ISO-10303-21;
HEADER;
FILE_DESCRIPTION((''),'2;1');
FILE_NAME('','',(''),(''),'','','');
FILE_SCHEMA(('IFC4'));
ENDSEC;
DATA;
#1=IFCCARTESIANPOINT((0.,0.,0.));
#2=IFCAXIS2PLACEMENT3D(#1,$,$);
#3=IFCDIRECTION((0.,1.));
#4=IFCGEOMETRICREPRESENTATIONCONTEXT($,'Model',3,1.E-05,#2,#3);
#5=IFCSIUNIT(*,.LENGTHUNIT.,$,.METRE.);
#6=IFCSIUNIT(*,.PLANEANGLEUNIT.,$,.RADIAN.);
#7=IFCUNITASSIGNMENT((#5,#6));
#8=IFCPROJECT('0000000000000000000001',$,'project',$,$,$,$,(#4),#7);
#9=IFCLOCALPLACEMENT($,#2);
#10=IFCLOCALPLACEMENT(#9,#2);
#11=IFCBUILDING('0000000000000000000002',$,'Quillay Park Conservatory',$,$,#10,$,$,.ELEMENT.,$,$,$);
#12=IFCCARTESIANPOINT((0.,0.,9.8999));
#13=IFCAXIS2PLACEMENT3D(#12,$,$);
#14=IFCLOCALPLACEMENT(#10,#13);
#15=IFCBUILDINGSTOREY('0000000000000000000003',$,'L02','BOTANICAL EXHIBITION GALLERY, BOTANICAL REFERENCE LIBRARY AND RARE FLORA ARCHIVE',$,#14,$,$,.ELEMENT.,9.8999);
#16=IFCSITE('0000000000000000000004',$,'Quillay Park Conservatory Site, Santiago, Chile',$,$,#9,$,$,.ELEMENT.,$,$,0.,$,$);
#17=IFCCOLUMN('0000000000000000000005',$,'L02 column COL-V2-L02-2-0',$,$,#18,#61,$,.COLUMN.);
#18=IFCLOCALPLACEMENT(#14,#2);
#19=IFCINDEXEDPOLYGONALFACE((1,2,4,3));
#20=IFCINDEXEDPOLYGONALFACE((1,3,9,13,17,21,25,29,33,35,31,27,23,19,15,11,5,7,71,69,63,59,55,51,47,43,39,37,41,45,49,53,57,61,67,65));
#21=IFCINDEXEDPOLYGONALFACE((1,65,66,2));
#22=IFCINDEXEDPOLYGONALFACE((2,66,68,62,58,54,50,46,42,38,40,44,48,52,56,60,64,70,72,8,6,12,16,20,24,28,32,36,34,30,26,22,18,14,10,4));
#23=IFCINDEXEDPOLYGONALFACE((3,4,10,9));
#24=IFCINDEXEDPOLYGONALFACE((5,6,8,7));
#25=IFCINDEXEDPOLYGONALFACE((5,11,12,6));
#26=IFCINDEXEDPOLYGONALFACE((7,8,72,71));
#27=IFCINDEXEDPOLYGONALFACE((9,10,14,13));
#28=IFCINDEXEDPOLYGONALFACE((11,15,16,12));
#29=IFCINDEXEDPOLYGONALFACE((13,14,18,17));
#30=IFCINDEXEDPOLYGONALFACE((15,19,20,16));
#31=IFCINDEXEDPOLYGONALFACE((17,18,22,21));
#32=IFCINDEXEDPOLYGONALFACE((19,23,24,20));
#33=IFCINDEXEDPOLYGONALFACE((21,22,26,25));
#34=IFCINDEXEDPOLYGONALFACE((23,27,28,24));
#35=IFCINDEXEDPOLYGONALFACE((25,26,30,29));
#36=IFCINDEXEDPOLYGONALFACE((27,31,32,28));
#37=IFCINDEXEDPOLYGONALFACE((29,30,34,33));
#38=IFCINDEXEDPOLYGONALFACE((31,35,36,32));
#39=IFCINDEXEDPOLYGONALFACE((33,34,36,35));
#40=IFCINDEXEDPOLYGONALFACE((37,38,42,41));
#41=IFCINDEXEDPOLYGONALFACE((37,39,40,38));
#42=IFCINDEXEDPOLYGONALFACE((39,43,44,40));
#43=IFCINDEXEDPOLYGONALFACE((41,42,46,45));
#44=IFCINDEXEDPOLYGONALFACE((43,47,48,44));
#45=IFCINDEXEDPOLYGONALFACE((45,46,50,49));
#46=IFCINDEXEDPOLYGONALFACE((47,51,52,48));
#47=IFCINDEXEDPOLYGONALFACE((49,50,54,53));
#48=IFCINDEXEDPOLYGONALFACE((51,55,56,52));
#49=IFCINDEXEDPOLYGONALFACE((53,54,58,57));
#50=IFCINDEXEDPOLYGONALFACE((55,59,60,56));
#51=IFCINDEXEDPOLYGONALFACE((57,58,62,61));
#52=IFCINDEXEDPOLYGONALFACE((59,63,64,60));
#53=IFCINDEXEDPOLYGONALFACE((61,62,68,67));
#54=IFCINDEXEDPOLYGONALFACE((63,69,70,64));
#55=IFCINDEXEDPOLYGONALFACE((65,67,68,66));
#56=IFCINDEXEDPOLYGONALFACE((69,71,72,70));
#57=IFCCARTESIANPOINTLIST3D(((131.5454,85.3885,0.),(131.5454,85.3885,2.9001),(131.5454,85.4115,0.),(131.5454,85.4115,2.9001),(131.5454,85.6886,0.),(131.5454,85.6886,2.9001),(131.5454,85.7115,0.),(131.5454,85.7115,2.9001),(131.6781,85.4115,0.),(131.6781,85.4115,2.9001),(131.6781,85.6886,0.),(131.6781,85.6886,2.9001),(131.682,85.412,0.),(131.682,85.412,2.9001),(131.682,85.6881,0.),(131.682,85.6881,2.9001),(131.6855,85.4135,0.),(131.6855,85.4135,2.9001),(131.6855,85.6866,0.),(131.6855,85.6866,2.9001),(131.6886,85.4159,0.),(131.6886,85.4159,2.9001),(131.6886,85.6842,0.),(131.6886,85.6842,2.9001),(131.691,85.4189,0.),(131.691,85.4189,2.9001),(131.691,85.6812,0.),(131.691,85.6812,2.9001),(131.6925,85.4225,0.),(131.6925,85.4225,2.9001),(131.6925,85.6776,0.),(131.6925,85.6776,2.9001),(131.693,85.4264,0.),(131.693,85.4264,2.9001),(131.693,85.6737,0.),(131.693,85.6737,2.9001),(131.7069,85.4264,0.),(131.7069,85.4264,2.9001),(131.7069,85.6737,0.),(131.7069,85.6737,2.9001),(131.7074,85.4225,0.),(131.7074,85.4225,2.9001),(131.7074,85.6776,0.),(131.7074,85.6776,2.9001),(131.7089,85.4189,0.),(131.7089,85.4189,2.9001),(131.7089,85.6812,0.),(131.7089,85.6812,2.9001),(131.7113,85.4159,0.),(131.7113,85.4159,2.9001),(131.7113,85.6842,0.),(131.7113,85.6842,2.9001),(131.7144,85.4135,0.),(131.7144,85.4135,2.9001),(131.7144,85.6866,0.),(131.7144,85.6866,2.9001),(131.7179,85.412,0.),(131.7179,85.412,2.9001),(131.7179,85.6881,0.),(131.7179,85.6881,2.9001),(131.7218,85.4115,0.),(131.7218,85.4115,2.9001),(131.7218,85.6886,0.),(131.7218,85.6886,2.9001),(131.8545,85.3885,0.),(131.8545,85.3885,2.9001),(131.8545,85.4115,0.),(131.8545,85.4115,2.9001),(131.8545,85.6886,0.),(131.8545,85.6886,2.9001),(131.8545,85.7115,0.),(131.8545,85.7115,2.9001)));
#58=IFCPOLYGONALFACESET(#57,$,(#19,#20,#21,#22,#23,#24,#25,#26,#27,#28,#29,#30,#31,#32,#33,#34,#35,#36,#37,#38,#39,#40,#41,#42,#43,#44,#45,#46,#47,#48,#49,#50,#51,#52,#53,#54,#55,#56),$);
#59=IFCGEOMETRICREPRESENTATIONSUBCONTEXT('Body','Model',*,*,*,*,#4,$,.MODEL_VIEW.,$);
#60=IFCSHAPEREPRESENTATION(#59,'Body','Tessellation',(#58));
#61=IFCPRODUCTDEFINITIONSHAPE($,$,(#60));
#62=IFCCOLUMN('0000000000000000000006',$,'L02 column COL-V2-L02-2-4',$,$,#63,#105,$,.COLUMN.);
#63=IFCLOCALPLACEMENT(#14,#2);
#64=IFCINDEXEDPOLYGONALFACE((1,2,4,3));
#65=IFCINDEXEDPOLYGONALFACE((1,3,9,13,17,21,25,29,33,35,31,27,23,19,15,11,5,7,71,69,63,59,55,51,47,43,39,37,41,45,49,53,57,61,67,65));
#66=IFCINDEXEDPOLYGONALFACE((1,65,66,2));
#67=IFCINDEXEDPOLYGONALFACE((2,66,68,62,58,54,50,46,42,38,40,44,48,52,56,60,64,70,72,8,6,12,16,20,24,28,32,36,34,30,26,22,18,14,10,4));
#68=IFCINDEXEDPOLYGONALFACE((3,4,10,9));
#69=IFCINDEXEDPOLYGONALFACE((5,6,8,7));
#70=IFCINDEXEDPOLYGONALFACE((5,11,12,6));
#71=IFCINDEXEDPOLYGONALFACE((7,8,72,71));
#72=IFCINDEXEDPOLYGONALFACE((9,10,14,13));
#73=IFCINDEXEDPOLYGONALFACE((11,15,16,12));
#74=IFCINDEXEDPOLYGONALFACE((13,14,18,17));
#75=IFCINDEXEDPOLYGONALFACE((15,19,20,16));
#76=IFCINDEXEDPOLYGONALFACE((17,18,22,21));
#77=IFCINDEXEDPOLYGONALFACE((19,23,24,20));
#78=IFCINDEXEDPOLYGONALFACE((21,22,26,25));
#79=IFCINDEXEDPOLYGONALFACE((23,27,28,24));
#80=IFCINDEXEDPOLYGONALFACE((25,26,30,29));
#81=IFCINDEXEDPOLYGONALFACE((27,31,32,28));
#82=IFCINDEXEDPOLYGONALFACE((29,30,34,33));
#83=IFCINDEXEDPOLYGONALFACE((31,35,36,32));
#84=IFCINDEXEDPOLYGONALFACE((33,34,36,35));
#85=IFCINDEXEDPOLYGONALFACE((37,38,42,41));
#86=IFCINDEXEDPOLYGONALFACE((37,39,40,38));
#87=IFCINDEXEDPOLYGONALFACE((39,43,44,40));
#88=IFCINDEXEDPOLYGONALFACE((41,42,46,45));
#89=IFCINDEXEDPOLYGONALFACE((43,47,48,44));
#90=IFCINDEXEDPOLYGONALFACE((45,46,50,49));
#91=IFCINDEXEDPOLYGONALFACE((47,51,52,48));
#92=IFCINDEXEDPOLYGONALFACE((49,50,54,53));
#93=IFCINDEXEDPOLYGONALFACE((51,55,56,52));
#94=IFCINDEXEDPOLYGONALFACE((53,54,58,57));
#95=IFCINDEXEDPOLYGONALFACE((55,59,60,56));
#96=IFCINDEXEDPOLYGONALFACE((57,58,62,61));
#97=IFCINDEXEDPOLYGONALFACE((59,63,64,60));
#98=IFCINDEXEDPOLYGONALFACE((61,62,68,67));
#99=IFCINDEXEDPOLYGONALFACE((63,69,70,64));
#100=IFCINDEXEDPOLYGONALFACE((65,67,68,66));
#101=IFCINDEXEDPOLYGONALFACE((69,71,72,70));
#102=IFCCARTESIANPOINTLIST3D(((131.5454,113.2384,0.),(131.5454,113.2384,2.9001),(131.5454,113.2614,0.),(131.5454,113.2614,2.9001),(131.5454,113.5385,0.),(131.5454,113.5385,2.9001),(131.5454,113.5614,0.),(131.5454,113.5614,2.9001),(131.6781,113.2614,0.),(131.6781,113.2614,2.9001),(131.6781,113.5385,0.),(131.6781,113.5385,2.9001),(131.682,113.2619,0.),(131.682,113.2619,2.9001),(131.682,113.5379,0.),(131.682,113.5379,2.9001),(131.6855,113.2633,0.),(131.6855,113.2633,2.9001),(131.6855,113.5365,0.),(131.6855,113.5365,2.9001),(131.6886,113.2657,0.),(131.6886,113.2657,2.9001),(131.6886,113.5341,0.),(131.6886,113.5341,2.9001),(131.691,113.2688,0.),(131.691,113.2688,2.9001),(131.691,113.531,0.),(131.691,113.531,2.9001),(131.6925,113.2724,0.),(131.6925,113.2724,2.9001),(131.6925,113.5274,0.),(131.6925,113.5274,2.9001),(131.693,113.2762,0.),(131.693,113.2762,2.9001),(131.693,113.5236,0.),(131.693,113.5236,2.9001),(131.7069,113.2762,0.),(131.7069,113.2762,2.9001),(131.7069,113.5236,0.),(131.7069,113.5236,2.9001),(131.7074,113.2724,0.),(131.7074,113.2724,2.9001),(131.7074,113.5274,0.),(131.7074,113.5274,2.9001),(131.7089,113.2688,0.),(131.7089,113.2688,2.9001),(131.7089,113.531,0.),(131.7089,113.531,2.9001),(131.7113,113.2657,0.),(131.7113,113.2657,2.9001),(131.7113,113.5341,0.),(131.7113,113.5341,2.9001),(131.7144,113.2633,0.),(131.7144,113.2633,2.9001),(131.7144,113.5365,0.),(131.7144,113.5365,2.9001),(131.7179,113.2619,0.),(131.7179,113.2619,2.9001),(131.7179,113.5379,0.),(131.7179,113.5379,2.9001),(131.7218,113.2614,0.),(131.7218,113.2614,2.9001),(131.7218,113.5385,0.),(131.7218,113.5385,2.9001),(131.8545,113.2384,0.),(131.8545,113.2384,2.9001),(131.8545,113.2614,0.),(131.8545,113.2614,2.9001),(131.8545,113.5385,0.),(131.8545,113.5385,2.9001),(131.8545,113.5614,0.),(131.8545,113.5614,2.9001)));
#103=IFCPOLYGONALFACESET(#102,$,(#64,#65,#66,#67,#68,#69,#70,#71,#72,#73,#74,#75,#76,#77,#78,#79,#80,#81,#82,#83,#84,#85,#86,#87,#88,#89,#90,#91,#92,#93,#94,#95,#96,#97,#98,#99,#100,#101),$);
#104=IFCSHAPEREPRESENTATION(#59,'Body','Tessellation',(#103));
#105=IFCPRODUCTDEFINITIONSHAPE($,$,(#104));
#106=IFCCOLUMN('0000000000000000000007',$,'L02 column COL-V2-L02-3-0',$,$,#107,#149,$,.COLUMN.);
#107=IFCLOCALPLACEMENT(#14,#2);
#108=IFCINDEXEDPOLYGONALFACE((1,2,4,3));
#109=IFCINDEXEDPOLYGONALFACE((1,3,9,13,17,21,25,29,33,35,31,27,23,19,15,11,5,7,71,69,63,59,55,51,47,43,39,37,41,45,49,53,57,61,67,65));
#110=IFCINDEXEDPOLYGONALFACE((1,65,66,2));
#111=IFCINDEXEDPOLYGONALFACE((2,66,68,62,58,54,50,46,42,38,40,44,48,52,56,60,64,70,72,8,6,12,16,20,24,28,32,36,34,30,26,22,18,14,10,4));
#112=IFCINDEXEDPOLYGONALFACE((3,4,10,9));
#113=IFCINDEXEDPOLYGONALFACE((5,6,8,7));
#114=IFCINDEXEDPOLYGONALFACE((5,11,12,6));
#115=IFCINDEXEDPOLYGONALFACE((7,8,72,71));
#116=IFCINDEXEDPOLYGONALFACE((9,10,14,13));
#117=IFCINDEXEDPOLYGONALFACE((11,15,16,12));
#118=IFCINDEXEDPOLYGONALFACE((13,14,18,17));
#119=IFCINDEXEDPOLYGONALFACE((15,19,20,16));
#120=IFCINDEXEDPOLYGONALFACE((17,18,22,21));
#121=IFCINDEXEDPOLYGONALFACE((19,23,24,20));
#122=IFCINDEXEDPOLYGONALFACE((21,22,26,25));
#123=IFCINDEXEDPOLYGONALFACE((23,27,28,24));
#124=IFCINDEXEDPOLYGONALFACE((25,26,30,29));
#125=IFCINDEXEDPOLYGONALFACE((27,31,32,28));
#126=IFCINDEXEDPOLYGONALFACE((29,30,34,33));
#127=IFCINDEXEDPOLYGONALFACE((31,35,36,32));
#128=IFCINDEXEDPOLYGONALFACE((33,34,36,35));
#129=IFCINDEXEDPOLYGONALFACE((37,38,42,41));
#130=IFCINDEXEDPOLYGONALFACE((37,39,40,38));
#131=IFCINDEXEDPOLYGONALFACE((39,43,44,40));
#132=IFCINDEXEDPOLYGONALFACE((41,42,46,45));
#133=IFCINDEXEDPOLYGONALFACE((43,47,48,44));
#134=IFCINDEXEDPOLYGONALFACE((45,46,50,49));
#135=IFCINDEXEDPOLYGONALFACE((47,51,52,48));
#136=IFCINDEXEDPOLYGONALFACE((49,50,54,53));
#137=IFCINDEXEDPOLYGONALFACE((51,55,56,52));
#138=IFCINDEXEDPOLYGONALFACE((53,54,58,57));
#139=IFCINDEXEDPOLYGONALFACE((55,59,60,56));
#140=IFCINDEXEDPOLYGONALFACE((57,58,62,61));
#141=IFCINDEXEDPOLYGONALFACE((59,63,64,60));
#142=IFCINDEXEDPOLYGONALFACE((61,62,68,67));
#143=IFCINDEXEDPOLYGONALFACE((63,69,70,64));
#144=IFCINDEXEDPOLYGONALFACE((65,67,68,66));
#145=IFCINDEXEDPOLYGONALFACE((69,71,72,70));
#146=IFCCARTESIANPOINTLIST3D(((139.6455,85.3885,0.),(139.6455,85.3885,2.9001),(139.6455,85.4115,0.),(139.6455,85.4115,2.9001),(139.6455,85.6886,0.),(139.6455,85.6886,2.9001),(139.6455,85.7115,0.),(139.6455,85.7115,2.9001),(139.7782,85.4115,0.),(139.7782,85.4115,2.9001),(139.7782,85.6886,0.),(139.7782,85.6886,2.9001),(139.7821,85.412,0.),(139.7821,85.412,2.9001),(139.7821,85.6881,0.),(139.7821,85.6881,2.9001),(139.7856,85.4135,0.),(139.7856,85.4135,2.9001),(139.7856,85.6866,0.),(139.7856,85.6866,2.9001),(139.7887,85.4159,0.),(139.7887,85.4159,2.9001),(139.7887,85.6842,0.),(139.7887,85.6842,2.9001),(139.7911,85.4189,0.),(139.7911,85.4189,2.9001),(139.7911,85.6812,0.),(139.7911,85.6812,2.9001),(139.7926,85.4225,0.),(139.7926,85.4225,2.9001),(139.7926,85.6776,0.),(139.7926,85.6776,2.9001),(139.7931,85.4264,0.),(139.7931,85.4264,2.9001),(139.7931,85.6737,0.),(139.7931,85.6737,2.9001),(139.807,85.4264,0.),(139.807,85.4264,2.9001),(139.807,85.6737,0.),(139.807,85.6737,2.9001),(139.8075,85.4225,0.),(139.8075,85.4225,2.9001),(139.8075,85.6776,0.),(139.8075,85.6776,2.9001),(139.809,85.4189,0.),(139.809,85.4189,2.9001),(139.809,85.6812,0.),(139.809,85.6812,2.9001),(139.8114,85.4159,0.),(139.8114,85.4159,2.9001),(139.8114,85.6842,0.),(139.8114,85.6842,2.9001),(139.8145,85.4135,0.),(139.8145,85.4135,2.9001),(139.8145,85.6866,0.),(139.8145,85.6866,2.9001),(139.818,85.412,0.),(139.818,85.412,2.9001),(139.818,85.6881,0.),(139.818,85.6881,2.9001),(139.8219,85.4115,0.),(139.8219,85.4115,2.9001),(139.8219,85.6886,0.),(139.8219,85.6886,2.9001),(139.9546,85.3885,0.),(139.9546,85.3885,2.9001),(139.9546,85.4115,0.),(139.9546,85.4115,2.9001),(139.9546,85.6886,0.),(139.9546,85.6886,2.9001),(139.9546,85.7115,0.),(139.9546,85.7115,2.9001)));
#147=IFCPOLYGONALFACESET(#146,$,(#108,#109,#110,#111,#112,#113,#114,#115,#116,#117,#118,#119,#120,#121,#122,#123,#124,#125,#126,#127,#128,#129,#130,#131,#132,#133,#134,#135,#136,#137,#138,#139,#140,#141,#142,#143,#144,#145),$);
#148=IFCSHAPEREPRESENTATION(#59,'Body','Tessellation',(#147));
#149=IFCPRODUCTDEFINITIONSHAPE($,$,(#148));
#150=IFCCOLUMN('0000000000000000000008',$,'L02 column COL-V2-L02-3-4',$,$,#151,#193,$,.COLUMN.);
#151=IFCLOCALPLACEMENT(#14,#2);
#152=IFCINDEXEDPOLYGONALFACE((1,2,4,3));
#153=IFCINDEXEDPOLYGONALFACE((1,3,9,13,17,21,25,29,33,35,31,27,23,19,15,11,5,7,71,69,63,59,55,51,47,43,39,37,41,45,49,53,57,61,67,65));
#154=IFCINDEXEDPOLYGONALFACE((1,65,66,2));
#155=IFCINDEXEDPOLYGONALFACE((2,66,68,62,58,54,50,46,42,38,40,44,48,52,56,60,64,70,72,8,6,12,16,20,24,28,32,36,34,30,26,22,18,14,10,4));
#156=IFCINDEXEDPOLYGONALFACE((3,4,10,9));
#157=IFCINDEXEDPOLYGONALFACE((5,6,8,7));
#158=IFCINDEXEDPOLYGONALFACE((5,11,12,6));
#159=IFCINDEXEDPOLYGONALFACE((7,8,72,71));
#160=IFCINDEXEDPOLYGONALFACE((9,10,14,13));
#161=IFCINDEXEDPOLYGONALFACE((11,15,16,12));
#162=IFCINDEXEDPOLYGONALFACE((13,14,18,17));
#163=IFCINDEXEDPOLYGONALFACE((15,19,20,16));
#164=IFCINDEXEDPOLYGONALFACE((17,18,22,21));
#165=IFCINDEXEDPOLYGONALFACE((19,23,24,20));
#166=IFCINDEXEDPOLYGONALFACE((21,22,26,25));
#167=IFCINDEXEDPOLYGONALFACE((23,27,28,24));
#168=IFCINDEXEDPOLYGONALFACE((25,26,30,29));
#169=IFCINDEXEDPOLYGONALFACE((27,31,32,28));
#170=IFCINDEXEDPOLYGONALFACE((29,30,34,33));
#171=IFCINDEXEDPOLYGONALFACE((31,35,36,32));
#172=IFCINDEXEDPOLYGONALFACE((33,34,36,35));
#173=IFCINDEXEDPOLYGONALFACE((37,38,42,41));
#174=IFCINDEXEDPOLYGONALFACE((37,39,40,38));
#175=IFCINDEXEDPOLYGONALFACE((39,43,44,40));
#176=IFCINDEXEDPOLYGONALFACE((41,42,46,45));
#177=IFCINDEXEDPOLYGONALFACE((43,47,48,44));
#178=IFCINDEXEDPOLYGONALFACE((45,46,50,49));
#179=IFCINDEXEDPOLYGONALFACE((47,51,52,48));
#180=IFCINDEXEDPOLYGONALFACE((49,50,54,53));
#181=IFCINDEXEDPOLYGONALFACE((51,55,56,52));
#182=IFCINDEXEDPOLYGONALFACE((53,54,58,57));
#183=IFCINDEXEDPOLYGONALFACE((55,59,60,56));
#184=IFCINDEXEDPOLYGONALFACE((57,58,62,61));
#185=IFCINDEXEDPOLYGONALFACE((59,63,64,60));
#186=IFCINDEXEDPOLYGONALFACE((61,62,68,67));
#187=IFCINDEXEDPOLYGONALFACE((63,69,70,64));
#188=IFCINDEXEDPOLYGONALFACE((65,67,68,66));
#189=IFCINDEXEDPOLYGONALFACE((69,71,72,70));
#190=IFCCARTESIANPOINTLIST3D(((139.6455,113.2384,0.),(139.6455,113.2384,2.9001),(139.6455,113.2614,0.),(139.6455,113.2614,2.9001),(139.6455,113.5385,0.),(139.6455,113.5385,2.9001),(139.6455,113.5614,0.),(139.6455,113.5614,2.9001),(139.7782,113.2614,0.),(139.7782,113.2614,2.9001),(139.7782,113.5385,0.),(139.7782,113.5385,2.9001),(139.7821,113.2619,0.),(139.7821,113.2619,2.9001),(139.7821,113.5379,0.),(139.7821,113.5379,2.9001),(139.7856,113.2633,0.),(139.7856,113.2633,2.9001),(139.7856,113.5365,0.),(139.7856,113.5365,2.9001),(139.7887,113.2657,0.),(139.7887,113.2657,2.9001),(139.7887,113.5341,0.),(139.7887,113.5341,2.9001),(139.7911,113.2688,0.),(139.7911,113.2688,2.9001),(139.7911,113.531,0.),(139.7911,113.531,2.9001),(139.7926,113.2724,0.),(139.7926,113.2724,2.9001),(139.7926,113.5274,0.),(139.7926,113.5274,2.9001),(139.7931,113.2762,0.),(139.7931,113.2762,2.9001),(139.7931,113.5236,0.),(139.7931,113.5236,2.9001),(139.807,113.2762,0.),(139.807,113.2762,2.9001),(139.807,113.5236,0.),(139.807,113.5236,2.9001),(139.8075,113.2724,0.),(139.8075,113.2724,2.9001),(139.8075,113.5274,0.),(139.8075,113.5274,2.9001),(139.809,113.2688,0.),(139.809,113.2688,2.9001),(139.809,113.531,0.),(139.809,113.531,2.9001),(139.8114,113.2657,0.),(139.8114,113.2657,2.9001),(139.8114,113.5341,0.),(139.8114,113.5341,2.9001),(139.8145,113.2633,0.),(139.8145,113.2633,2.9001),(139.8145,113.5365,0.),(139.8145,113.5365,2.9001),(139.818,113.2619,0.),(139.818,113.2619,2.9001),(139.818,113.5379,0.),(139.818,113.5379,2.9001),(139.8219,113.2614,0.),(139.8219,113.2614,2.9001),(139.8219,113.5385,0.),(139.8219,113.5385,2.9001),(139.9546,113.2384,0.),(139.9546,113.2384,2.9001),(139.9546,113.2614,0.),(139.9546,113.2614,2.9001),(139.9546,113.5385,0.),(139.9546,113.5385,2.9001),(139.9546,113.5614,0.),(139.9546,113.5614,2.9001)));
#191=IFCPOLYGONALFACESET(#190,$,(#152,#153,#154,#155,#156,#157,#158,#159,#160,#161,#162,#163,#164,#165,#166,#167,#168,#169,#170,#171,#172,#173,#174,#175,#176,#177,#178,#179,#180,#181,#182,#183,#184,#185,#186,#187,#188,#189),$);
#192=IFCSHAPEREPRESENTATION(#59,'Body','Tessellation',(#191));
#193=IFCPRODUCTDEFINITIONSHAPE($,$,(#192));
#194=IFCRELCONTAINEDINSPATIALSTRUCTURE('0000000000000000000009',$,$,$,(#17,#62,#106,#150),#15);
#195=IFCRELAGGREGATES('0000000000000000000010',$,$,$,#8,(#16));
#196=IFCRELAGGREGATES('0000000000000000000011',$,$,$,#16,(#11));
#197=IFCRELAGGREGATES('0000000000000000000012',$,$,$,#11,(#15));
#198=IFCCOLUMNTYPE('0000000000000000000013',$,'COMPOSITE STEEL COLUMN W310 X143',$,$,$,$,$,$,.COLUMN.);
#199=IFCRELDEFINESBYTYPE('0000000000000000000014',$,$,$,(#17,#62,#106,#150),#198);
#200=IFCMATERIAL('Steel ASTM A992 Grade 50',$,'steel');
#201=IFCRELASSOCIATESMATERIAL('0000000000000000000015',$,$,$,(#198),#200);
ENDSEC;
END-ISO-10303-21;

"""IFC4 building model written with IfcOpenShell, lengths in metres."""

from ifc_helpers import new_model, si_unit, direction, frame, origin, origin_2d, place, context, subcontext, project, spatial, i_section, extrude, material, material_profile, profile_set, type_object, element, save


model = new_model("IFC4")

# Units and contexts
model_context = context("Model", 3, precision=1e-05, world=origin(), true_north=direction((0.0, 1.0)))
body_context = subcontext(model_context, "Body", "Model", "MODEL_VIEW")
ifc_project = project(units=[si_unit("LENGTHUNIT", "METRE"), si_unit("PLANEANGLEUNIT", "RADIAN")], contexts=[model_context])

# Site, building, storey
site_placement = place(None, origin())
site = spatial("IfcSite", under=ifc_project, at=site_placement, Name="Quillay Park Conservatory Site, Santiago, Chile", CompositionType="ELEMENT", RefElevation=0.0)
building_placement = place(site_placement, origin())
building = spatial("IfcBuilding", under=site, at=building_placement, Name="Quillay Park Conservatory", CompositionType="ELEMENT")
storey_placement = place(building_placement, frame((0.0, 0.0, 9.8999)))
storey = spatial("IfcBuildingStorey", under=building, at=storey_placement, Name="L02", Description="BOTANICAL EXHIBITION GALLERY, BOTANICAL REFERENCE LIBRARY AND RARE FLORA ARCHIVE", CompositionType="ELEMENT", Elevation=9.8999)

# Columns
ifc_material_1 = material(Name="Steel ASTM A992 Grade 50", Category="steel")
ifc_material_profile_1 = material_profile(ifc_material_1, i_section(OverallWidth=0.3091, OverallDepth=0.323, WebThickness=0.0139, FlangeThickness=0.0229, FilletRadius=0.0149, at=origin_2d()), Name="W310x143")
ifc_profile_set_1 = profile_set([ifc_material_profile_1], Name="Steel ASTM A992 Grade 50")
column_type = type_object("IfcColumnType", Name="COMPOSITE STEEL COLUMN W310 X143", PredefinedType="COLUMN", material=ifc_profile_set_1)
for number, where, z_axis, x_axis, name in (
    (1, (131.7, 85.55, 0.0), (0.0, 0.0, 1.0), (1.0, 0.0, 0.0), "L02 column COL-V2-L02-2-0"),
    (2, (131.7, 113.3999, 0.0), (0.0, 0.0, 1.0), (1.0, 0.0, 0.0), "L02 column COL-V2-L02-2-4"),
    (3, (139.8, 85.55, 0.0), (0.0, 0.0, 1.0), (1.0, 0.0, 0.0), "L02 column COL-V2-L02-3-0"),
    (4, (139.8, 113.3999, 0.0), (0.0, 0.0, 1.0), (1.0, 0.0, 0.0), "L02 column COL-V2-L02-3-4"),
):
    element("IfcColumn", number, at=place(storey_placement, frame(where, z_axis=z_axis, x_axis=x_axis)), inside=storey, type_object=column_type, Name=name, PredefinedType="COLUMN", context=body_context, shape_type="SweptSolid", body=[
        extrude(i_section(OverallWidth=0.3091, OverallDepth=0.323, WebThickness=0.0139, FlangeThickness=0.0229, FilletRadius=0.0149, at=origin_2d()), origin(), (0.0, 0.0, 1.0), 2.9001),
    ])

save(model, "model.ifc")
